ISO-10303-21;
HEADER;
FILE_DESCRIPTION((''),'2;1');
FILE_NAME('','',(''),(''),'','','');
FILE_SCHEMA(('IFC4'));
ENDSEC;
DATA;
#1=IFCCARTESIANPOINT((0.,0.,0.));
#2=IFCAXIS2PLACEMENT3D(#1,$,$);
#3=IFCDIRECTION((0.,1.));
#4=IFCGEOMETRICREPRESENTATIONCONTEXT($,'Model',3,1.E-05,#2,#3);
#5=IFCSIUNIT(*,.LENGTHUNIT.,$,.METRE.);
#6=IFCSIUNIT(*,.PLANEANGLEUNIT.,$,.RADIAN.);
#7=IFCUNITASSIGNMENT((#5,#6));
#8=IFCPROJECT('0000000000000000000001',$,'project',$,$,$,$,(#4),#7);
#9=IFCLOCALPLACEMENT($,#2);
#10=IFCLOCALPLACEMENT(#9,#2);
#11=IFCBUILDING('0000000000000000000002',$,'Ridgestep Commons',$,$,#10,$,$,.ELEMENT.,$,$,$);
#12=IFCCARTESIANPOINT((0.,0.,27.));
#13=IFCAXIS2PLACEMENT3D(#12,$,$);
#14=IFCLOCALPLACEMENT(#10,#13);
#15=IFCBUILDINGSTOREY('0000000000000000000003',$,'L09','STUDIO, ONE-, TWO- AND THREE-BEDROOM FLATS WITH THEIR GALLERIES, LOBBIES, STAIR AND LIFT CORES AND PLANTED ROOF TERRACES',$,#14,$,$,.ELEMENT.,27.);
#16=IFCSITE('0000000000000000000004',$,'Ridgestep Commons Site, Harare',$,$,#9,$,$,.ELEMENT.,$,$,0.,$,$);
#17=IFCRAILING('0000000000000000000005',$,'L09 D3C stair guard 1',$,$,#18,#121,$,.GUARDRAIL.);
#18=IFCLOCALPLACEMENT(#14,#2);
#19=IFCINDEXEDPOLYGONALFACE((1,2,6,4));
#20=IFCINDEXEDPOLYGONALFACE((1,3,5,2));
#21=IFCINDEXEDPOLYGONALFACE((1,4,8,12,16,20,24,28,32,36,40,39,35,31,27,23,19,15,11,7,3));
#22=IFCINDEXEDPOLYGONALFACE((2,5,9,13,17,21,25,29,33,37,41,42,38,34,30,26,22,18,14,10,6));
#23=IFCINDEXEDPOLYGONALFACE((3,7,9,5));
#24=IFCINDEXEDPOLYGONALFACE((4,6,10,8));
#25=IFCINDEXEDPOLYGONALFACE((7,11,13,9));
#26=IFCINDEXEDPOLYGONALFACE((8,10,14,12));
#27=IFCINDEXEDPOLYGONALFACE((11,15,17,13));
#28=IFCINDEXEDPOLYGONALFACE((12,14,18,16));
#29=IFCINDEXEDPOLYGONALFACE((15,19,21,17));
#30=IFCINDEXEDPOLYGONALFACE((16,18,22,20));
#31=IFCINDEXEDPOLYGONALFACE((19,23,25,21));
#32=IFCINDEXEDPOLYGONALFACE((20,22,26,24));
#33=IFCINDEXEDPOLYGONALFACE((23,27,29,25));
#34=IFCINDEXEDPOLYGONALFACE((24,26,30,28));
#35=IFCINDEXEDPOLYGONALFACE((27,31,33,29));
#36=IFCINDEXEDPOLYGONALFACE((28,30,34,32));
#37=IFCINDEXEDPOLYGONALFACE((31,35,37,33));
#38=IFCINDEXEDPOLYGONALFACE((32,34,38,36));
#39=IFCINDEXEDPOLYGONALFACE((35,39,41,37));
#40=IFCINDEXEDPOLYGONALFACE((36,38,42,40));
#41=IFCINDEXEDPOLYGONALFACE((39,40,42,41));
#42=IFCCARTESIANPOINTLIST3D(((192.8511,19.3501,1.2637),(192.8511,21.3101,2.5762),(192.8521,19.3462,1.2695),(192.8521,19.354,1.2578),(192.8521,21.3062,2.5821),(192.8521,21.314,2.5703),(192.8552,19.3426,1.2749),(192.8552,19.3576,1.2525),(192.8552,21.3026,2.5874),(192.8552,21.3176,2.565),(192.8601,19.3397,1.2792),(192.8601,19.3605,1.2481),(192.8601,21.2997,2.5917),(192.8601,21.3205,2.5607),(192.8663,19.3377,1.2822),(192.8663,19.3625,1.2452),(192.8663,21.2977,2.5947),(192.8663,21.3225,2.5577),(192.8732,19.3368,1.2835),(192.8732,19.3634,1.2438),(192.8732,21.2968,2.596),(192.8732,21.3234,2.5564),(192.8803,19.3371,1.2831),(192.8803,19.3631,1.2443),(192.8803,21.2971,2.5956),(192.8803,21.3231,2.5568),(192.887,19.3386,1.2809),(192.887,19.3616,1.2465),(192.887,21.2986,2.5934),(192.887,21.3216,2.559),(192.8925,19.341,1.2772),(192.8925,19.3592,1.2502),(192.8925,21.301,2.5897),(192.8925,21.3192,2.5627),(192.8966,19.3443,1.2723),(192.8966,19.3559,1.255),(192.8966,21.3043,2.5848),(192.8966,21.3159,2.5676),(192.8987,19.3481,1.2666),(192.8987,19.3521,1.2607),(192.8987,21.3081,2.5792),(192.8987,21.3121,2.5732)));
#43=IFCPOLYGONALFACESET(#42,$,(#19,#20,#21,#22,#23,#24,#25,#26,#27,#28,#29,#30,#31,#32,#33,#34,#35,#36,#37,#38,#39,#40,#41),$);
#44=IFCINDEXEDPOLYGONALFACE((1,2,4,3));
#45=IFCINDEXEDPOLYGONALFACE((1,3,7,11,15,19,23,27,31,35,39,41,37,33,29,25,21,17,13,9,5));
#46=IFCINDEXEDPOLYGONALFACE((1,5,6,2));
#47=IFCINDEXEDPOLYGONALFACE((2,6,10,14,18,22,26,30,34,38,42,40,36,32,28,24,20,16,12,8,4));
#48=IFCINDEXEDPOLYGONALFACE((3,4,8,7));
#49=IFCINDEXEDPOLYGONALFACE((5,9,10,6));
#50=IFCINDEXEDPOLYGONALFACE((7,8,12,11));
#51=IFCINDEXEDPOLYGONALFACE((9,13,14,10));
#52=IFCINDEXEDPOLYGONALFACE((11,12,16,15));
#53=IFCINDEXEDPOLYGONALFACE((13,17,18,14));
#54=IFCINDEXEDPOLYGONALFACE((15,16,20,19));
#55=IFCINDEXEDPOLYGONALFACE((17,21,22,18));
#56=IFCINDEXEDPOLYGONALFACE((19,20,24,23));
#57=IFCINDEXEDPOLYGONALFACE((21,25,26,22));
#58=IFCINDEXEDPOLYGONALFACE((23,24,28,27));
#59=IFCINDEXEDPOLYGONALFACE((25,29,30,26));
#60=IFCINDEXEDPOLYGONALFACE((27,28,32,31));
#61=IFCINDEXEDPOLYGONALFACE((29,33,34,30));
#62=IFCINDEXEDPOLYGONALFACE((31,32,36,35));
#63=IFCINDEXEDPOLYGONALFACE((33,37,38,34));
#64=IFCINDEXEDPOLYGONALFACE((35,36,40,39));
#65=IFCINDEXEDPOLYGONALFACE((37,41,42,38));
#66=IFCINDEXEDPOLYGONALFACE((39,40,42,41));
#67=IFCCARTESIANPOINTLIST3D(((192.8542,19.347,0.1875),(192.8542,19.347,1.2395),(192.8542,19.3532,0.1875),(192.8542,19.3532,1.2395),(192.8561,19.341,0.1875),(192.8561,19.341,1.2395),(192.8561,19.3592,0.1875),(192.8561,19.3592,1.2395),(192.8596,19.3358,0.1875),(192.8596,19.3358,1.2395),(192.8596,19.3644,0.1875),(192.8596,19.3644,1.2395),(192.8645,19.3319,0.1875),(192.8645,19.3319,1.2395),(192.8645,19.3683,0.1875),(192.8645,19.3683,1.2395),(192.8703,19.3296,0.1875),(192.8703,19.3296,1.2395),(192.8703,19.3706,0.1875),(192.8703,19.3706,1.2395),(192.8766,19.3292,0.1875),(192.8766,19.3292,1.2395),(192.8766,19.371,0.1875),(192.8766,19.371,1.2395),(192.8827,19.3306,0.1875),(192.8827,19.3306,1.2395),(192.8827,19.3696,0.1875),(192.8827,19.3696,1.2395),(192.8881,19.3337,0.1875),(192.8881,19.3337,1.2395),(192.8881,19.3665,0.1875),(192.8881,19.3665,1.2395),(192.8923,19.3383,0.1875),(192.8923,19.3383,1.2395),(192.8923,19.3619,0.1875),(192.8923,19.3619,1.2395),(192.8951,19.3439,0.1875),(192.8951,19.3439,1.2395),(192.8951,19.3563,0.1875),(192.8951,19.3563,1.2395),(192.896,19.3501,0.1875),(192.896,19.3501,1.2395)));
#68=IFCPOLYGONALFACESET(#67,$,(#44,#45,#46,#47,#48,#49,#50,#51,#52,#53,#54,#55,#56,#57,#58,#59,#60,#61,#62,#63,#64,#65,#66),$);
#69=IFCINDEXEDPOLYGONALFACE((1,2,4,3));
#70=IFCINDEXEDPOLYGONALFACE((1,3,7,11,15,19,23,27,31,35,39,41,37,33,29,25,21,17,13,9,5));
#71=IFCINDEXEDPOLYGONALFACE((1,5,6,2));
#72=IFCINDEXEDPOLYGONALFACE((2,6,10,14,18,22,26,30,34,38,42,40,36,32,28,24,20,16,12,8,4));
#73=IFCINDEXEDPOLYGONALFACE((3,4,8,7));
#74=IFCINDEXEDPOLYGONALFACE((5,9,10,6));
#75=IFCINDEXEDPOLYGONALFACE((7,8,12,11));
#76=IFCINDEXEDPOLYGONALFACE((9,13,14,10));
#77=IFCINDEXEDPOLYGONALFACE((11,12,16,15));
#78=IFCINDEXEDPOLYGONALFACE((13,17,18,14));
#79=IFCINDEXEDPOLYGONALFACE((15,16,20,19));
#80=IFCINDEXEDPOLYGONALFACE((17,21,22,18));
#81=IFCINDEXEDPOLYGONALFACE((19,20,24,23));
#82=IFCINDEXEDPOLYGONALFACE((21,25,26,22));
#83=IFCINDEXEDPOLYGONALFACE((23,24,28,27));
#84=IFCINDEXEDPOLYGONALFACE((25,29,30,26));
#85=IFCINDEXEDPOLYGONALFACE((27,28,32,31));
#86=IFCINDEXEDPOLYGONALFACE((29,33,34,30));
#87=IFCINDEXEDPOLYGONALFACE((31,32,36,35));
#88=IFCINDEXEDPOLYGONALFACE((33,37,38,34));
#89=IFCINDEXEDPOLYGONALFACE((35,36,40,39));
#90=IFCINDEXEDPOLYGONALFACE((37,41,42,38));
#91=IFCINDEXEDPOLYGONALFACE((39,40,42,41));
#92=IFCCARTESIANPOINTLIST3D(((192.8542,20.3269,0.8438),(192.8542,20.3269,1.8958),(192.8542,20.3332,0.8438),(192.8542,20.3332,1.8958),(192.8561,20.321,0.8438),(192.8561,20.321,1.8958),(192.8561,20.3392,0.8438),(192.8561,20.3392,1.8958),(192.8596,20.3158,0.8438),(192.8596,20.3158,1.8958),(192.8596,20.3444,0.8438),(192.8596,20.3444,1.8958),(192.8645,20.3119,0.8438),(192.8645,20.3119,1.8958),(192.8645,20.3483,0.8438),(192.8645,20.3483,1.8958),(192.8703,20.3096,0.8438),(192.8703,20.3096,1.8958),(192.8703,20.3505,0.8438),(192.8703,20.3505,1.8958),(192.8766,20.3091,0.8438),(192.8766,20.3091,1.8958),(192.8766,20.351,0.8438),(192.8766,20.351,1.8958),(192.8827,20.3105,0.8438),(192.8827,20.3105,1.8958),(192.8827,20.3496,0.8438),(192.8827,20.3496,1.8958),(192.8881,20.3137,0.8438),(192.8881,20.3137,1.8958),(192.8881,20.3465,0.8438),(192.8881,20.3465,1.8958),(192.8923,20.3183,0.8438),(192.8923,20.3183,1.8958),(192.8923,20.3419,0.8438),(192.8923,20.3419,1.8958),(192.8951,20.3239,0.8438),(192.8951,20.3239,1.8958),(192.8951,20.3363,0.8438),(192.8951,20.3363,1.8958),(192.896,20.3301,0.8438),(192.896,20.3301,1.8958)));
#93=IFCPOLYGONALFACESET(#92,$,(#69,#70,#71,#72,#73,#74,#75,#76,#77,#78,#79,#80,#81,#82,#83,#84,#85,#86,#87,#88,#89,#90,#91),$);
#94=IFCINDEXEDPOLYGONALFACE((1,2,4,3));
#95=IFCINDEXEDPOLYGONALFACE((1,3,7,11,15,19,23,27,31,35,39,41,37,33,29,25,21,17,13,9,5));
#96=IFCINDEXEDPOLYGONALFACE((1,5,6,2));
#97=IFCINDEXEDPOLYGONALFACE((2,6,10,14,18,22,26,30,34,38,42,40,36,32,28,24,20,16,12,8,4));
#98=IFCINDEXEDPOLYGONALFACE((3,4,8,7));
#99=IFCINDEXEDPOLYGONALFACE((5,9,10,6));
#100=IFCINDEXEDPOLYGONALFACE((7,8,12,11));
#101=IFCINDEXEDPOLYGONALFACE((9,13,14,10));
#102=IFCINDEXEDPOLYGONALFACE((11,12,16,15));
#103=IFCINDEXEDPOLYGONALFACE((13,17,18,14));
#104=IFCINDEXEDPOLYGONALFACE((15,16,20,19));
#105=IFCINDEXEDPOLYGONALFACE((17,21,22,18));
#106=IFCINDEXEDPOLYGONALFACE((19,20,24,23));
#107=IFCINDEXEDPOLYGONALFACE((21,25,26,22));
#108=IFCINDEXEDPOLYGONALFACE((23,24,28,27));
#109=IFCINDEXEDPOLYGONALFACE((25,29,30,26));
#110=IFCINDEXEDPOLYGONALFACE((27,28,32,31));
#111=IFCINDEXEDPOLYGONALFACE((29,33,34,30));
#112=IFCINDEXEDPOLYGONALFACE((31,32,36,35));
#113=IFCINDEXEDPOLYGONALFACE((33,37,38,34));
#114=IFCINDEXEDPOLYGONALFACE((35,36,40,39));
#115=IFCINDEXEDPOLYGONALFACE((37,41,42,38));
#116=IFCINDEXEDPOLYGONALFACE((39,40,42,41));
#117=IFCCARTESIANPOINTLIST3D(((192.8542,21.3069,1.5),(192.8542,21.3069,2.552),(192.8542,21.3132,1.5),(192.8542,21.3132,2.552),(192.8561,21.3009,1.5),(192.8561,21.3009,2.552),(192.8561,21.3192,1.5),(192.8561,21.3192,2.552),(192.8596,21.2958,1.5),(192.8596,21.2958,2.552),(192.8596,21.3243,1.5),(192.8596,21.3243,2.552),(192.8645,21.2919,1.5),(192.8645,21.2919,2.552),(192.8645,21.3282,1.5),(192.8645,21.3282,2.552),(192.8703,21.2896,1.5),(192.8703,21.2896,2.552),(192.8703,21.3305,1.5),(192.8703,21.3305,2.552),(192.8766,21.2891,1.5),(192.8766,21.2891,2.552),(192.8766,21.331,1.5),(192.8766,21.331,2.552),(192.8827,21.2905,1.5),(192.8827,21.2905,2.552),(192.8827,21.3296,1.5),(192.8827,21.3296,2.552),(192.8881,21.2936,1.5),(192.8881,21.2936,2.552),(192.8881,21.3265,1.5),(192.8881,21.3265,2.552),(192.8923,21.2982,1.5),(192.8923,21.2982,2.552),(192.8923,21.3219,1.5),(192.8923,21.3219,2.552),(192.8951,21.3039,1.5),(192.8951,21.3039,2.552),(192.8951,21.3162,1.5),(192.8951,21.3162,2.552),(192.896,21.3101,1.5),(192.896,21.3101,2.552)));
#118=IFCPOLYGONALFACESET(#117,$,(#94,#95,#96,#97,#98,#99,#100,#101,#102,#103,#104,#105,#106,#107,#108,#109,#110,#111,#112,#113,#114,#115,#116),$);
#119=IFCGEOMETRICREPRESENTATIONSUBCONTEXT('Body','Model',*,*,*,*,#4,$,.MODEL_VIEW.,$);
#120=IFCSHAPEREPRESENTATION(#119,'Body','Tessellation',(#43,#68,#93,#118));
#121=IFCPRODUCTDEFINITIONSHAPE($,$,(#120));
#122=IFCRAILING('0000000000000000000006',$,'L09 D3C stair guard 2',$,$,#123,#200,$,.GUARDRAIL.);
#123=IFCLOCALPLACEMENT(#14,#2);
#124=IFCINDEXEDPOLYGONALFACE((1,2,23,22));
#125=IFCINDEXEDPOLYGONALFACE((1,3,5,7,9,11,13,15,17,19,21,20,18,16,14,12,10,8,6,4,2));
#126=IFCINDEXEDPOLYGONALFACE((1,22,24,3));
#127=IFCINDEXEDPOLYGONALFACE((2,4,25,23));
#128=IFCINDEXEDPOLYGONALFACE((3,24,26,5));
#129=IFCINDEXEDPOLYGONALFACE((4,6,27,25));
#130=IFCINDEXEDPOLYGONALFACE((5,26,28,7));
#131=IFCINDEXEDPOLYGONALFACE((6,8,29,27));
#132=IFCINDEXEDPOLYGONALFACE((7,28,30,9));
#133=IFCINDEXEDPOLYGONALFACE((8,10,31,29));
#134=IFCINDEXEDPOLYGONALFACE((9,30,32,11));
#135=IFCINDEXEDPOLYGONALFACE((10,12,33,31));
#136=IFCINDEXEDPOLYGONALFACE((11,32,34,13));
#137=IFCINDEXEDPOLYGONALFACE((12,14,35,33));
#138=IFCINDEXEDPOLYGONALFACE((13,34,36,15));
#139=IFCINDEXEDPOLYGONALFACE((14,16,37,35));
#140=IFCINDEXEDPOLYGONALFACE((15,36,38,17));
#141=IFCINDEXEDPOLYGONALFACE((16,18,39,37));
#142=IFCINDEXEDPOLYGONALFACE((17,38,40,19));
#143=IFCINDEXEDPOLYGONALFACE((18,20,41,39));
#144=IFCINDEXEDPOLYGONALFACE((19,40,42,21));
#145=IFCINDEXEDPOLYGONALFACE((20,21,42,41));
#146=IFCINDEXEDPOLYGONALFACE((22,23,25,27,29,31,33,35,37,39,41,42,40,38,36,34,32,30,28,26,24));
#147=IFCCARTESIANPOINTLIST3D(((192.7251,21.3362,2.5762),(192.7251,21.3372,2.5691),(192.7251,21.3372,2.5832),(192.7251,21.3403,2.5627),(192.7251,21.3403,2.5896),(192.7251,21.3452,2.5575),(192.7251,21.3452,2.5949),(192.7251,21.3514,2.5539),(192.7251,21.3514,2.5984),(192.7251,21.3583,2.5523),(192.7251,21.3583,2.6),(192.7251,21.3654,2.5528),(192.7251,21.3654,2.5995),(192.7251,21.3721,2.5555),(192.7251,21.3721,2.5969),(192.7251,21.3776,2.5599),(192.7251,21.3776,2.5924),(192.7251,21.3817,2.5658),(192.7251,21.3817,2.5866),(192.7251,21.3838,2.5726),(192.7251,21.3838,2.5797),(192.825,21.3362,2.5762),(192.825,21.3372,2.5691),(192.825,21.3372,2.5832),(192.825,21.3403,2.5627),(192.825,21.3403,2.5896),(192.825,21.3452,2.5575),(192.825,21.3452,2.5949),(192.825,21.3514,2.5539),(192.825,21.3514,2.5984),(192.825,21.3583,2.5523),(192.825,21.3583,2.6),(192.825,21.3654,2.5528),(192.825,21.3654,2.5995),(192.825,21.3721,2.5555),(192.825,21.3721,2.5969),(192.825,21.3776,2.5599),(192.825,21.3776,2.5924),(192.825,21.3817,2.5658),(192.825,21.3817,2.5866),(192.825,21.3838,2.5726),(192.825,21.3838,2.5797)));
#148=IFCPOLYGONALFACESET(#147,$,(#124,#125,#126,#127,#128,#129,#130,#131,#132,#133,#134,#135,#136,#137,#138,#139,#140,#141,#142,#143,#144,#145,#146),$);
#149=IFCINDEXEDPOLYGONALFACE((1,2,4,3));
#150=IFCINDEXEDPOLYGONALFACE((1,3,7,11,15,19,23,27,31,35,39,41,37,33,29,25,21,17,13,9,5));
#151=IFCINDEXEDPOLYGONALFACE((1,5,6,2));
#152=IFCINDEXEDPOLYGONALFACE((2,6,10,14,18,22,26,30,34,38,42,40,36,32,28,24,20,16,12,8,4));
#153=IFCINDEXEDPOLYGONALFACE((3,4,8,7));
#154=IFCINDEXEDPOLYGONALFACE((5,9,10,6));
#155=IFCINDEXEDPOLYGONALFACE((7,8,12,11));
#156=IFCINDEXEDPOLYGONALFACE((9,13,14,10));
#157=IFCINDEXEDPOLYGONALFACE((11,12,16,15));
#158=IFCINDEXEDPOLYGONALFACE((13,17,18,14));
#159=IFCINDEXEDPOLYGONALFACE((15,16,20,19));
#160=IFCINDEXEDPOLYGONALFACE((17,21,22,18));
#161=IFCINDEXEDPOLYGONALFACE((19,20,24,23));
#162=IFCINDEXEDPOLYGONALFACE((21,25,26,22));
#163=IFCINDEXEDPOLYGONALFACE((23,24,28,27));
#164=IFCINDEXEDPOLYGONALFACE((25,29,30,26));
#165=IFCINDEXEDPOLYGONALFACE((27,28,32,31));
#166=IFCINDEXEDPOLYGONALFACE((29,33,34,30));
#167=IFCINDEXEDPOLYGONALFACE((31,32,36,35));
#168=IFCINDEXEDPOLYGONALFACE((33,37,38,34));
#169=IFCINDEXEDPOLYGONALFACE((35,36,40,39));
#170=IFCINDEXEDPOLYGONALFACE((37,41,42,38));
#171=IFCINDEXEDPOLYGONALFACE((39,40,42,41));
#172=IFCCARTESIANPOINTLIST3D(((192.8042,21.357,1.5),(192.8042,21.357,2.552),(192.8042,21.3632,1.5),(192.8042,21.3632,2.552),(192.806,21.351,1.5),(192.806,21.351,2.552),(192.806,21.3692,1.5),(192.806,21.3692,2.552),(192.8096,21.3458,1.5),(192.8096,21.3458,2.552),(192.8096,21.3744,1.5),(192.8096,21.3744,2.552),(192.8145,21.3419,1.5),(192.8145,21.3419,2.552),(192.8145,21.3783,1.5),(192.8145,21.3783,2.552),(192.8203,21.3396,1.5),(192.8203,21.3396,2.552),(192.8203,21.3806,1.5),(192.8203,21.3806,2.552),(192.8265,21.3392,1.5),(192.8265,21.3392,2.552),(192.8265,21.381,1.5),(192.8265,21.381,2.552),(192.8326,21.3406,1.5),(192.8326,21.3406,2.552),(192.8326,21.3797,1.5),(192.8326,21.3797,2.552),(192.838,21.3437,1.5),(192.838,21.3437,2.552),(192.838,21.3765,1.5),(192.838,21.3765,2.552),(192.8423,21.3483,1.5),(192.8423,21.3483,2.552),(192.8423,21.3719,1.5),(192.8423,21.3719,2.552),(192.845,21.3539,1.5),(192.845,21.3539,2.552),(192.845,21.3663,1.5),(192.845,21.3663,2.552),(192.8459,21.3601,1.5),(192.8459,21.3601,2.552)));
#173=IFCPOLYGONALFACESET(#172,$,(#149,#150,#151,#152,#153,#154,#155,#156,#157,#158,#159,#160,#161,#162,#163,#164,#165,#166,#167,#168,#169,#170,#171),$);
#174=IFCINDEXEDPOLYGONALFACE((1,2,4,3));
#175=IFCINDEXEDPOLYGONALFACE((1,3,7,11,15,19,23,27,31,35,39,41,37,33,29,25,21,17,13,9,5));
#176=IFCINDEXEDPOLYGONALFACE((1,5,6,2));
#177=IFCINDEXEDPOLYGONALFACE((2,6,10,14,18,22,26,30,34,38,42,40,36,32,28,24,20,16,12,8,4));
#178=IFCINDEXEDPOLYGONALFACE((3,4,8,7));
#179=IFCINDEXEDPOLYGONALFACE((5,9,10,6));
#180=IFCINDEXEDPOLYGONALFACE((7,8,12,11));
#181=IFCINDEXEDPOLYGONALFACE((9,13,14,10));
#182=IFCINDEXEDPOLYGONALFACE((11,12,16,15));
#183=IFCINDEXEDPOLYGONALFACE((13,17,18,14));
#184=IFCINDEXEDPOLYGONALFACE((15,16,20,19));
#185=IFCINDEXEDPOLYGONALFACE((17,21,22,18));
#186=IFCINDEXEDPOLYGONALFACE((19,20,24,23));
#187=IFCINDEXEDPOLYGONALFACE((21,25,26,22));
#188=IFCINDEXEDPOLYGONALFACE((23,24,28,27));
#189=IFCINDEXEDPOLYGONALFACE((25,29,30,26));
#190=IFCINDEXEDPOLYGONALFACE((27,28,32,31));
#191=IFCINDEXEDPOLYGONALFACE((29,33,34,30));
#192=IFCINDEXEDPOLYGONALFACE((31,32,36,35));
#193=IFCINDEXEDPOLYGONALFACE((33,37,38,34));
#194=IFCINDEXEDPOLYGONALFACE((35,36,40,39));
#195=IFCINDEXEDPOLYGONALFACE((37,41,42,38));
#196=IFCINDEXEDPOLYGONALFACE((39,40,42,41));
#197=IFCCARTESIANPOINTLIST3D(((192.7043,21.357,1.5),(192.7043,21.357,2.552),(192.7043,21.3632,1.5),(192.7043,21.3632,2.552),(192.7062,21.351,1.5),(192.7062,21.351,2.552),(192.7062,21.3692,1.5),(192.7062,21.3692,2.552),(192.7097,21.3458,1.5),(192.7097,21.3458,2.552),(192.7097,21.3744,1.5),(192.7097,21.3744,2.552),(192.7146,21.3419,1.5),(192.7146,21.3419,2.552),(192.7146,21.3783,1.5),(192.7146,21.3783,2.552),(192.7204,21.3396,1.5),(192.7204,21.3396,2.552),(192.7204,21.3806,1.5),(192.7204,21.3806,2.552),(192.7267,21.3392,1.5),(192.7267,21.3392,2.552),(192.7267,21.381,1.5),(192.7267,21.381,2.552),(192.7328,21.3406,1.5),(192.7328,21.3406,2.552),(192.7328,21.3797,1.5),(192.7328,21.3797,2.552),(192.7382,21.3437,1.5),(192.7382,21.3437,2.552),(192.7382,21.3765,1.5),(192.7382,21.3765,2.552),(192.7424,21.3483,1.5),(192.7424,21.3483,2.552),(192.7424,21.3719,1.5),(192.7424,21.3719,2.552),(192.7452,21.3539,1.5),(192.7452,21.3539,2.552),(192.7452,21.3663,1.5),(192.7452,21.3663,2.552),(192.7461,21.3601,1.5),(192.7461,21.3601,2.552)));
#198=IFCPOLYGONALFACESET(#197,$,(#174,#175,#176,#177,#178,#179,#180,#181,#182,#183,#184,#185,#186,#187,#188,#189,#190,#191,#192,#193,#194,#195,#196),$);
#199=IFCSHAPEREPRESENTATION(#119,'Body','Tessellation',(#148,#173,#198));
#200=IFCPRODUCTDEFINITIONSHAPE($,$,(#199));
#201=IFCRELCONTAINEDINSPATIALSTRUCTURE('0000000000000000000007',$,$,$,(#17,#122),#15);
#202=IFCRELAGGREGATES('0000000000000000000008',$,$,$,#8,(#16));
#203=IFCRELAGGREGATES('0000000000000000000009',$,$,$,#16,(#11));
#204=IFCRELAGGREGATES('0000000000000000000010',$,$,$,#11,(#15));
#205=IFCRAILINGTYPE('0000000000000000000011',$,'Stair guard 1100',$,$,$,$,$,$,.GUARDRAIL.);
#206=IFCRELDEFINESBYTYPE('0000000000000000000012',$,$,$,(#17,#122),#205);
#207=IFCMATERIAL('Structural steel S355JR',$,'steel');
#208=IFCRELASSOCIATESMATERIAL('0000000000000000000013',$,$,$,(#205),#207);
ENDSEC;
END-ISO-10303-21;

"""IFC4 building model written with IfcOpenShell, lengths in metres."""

from ifc_helpers import new_model, si_unit, direction, frame, origin, origin_2d, place, context, subcontext, project, spatial, circle, extrude, material, type_object, element, save


model = new_model("IFC4")

# Units and contexts
model_context = context("Model", 3, precision=1e-05, world=origin(), true_north=direction((0.0, 1.0)))
body_context = subcontext(model_context, "Body", "Model", "MODEL_VIEW")
ifc_project = project(units=[si_unit("LENGTHUNIT", "METRE"), si_unit("PLANEANGLEUNIT", "RADIAN")], contexts=[model_context])

# Site, building, storey
site_placement = place(None, origin())
site = spatial("IfcSite", under=ifc_project, at=site_placement, Name="Ridgestep Commons Site, Harare", CompositionType="ELEMENT", RefElevation=0.0)
building_placement = place(site_placement, origin())
building = spatial("IfcBuilding", under=site, at=building_placement, Name="Ridgestep Commons", CompositionType="ELEMENT")
storey_placement = place(building_placement, frame((0.0, 0.0, 27.0)))
storey = spatial("IfcBuildingStorey", under=building, at=storey_placement, Name="L09", Description="STUDIO, ONE-, TWO- AND THREE-BEDROOM FLATS WITH THEIR GALLERIES, LOBBIES, STAIR AND LIFT CORES AND PLANTED ROOF TERRACES", CompositionType="ELEMENT", Elevation=27.0)

# Railings
ifc_material_1 = material(Name="Structural steel S355JR", Category="steel")
railing_type_1 = type_object("IfcRailingType", Name="Stair guard 1100", PredefinedType="GUARDRAIL", material=ifc_material_1)
railing_1_placement = place(storey_placement, frame((192.875, 19.3501, 0.1875)))
element("IfcRailing", 1, at=railing_1_placement, inside=storey, type_object=railing_type_1, Name="L09 D3C stair guard 1", PredefinedType="GUARDRAIL", context=body_context, shape_type="SweptSolid", body=[
    extrude(circle(Radius=0.0239, at=origin_2d()), frame((0.0, 0.0, 1.0762), z_axis=(0.0, 0.830902, 0.556419), x_axis=(-1.0, 0.0, 0.0)), (0.0, 0.0, 1.0), 2.3589),
    extrude(circle(Radius=0.021, at=origin_2d()), origin(), (0.0, 0.0, 1.0), 1.052),
    extrude(circle(Radius=0.021, at=origin_2d()), frame((0.0, 0.98, 0.6562)), (0.0, 0.0, 1.0), 1.052),
    extrude(circle(Radius=0.021, at=origin_2d()), frame((0.0, 1.96, 1.3125)), (0.0, 0.0, 1.0), 1.052),
])
railing_2_placement = place(storey_placement, frame((192.825, 21.3601, 1.5)))
element("IfcRailing", 2, at=railing_2_placement, inside=storey, type_object=railing_type_1, Name="L09 D3C stair guard 2", PredefinedType="GUARDRAIL", context=body_context, shape_type="SweptSolid", body=[
    extrude(circle(Radius=0.0239, at=origin_2d()), frame((0.0, 0.0, 1.0762), z_axis=(-1.0, 0.0, 0.0), x_axis=(0.0, -1.0, 0.0)), (0.0, 0.0, 1.0), 0.0999),
    extrude(circle(Radius=0.021, at=origin_2d()), origin(), (0.0, 0.0, 1.0), 1.052),
    extrude(circle(Radius=0.021, at=origin_2d()), frame((-0.0999, 0.0, 0.0)), (0.0, 0.0, 1.0), 1.052),
])

save(model, "model.ifc")
